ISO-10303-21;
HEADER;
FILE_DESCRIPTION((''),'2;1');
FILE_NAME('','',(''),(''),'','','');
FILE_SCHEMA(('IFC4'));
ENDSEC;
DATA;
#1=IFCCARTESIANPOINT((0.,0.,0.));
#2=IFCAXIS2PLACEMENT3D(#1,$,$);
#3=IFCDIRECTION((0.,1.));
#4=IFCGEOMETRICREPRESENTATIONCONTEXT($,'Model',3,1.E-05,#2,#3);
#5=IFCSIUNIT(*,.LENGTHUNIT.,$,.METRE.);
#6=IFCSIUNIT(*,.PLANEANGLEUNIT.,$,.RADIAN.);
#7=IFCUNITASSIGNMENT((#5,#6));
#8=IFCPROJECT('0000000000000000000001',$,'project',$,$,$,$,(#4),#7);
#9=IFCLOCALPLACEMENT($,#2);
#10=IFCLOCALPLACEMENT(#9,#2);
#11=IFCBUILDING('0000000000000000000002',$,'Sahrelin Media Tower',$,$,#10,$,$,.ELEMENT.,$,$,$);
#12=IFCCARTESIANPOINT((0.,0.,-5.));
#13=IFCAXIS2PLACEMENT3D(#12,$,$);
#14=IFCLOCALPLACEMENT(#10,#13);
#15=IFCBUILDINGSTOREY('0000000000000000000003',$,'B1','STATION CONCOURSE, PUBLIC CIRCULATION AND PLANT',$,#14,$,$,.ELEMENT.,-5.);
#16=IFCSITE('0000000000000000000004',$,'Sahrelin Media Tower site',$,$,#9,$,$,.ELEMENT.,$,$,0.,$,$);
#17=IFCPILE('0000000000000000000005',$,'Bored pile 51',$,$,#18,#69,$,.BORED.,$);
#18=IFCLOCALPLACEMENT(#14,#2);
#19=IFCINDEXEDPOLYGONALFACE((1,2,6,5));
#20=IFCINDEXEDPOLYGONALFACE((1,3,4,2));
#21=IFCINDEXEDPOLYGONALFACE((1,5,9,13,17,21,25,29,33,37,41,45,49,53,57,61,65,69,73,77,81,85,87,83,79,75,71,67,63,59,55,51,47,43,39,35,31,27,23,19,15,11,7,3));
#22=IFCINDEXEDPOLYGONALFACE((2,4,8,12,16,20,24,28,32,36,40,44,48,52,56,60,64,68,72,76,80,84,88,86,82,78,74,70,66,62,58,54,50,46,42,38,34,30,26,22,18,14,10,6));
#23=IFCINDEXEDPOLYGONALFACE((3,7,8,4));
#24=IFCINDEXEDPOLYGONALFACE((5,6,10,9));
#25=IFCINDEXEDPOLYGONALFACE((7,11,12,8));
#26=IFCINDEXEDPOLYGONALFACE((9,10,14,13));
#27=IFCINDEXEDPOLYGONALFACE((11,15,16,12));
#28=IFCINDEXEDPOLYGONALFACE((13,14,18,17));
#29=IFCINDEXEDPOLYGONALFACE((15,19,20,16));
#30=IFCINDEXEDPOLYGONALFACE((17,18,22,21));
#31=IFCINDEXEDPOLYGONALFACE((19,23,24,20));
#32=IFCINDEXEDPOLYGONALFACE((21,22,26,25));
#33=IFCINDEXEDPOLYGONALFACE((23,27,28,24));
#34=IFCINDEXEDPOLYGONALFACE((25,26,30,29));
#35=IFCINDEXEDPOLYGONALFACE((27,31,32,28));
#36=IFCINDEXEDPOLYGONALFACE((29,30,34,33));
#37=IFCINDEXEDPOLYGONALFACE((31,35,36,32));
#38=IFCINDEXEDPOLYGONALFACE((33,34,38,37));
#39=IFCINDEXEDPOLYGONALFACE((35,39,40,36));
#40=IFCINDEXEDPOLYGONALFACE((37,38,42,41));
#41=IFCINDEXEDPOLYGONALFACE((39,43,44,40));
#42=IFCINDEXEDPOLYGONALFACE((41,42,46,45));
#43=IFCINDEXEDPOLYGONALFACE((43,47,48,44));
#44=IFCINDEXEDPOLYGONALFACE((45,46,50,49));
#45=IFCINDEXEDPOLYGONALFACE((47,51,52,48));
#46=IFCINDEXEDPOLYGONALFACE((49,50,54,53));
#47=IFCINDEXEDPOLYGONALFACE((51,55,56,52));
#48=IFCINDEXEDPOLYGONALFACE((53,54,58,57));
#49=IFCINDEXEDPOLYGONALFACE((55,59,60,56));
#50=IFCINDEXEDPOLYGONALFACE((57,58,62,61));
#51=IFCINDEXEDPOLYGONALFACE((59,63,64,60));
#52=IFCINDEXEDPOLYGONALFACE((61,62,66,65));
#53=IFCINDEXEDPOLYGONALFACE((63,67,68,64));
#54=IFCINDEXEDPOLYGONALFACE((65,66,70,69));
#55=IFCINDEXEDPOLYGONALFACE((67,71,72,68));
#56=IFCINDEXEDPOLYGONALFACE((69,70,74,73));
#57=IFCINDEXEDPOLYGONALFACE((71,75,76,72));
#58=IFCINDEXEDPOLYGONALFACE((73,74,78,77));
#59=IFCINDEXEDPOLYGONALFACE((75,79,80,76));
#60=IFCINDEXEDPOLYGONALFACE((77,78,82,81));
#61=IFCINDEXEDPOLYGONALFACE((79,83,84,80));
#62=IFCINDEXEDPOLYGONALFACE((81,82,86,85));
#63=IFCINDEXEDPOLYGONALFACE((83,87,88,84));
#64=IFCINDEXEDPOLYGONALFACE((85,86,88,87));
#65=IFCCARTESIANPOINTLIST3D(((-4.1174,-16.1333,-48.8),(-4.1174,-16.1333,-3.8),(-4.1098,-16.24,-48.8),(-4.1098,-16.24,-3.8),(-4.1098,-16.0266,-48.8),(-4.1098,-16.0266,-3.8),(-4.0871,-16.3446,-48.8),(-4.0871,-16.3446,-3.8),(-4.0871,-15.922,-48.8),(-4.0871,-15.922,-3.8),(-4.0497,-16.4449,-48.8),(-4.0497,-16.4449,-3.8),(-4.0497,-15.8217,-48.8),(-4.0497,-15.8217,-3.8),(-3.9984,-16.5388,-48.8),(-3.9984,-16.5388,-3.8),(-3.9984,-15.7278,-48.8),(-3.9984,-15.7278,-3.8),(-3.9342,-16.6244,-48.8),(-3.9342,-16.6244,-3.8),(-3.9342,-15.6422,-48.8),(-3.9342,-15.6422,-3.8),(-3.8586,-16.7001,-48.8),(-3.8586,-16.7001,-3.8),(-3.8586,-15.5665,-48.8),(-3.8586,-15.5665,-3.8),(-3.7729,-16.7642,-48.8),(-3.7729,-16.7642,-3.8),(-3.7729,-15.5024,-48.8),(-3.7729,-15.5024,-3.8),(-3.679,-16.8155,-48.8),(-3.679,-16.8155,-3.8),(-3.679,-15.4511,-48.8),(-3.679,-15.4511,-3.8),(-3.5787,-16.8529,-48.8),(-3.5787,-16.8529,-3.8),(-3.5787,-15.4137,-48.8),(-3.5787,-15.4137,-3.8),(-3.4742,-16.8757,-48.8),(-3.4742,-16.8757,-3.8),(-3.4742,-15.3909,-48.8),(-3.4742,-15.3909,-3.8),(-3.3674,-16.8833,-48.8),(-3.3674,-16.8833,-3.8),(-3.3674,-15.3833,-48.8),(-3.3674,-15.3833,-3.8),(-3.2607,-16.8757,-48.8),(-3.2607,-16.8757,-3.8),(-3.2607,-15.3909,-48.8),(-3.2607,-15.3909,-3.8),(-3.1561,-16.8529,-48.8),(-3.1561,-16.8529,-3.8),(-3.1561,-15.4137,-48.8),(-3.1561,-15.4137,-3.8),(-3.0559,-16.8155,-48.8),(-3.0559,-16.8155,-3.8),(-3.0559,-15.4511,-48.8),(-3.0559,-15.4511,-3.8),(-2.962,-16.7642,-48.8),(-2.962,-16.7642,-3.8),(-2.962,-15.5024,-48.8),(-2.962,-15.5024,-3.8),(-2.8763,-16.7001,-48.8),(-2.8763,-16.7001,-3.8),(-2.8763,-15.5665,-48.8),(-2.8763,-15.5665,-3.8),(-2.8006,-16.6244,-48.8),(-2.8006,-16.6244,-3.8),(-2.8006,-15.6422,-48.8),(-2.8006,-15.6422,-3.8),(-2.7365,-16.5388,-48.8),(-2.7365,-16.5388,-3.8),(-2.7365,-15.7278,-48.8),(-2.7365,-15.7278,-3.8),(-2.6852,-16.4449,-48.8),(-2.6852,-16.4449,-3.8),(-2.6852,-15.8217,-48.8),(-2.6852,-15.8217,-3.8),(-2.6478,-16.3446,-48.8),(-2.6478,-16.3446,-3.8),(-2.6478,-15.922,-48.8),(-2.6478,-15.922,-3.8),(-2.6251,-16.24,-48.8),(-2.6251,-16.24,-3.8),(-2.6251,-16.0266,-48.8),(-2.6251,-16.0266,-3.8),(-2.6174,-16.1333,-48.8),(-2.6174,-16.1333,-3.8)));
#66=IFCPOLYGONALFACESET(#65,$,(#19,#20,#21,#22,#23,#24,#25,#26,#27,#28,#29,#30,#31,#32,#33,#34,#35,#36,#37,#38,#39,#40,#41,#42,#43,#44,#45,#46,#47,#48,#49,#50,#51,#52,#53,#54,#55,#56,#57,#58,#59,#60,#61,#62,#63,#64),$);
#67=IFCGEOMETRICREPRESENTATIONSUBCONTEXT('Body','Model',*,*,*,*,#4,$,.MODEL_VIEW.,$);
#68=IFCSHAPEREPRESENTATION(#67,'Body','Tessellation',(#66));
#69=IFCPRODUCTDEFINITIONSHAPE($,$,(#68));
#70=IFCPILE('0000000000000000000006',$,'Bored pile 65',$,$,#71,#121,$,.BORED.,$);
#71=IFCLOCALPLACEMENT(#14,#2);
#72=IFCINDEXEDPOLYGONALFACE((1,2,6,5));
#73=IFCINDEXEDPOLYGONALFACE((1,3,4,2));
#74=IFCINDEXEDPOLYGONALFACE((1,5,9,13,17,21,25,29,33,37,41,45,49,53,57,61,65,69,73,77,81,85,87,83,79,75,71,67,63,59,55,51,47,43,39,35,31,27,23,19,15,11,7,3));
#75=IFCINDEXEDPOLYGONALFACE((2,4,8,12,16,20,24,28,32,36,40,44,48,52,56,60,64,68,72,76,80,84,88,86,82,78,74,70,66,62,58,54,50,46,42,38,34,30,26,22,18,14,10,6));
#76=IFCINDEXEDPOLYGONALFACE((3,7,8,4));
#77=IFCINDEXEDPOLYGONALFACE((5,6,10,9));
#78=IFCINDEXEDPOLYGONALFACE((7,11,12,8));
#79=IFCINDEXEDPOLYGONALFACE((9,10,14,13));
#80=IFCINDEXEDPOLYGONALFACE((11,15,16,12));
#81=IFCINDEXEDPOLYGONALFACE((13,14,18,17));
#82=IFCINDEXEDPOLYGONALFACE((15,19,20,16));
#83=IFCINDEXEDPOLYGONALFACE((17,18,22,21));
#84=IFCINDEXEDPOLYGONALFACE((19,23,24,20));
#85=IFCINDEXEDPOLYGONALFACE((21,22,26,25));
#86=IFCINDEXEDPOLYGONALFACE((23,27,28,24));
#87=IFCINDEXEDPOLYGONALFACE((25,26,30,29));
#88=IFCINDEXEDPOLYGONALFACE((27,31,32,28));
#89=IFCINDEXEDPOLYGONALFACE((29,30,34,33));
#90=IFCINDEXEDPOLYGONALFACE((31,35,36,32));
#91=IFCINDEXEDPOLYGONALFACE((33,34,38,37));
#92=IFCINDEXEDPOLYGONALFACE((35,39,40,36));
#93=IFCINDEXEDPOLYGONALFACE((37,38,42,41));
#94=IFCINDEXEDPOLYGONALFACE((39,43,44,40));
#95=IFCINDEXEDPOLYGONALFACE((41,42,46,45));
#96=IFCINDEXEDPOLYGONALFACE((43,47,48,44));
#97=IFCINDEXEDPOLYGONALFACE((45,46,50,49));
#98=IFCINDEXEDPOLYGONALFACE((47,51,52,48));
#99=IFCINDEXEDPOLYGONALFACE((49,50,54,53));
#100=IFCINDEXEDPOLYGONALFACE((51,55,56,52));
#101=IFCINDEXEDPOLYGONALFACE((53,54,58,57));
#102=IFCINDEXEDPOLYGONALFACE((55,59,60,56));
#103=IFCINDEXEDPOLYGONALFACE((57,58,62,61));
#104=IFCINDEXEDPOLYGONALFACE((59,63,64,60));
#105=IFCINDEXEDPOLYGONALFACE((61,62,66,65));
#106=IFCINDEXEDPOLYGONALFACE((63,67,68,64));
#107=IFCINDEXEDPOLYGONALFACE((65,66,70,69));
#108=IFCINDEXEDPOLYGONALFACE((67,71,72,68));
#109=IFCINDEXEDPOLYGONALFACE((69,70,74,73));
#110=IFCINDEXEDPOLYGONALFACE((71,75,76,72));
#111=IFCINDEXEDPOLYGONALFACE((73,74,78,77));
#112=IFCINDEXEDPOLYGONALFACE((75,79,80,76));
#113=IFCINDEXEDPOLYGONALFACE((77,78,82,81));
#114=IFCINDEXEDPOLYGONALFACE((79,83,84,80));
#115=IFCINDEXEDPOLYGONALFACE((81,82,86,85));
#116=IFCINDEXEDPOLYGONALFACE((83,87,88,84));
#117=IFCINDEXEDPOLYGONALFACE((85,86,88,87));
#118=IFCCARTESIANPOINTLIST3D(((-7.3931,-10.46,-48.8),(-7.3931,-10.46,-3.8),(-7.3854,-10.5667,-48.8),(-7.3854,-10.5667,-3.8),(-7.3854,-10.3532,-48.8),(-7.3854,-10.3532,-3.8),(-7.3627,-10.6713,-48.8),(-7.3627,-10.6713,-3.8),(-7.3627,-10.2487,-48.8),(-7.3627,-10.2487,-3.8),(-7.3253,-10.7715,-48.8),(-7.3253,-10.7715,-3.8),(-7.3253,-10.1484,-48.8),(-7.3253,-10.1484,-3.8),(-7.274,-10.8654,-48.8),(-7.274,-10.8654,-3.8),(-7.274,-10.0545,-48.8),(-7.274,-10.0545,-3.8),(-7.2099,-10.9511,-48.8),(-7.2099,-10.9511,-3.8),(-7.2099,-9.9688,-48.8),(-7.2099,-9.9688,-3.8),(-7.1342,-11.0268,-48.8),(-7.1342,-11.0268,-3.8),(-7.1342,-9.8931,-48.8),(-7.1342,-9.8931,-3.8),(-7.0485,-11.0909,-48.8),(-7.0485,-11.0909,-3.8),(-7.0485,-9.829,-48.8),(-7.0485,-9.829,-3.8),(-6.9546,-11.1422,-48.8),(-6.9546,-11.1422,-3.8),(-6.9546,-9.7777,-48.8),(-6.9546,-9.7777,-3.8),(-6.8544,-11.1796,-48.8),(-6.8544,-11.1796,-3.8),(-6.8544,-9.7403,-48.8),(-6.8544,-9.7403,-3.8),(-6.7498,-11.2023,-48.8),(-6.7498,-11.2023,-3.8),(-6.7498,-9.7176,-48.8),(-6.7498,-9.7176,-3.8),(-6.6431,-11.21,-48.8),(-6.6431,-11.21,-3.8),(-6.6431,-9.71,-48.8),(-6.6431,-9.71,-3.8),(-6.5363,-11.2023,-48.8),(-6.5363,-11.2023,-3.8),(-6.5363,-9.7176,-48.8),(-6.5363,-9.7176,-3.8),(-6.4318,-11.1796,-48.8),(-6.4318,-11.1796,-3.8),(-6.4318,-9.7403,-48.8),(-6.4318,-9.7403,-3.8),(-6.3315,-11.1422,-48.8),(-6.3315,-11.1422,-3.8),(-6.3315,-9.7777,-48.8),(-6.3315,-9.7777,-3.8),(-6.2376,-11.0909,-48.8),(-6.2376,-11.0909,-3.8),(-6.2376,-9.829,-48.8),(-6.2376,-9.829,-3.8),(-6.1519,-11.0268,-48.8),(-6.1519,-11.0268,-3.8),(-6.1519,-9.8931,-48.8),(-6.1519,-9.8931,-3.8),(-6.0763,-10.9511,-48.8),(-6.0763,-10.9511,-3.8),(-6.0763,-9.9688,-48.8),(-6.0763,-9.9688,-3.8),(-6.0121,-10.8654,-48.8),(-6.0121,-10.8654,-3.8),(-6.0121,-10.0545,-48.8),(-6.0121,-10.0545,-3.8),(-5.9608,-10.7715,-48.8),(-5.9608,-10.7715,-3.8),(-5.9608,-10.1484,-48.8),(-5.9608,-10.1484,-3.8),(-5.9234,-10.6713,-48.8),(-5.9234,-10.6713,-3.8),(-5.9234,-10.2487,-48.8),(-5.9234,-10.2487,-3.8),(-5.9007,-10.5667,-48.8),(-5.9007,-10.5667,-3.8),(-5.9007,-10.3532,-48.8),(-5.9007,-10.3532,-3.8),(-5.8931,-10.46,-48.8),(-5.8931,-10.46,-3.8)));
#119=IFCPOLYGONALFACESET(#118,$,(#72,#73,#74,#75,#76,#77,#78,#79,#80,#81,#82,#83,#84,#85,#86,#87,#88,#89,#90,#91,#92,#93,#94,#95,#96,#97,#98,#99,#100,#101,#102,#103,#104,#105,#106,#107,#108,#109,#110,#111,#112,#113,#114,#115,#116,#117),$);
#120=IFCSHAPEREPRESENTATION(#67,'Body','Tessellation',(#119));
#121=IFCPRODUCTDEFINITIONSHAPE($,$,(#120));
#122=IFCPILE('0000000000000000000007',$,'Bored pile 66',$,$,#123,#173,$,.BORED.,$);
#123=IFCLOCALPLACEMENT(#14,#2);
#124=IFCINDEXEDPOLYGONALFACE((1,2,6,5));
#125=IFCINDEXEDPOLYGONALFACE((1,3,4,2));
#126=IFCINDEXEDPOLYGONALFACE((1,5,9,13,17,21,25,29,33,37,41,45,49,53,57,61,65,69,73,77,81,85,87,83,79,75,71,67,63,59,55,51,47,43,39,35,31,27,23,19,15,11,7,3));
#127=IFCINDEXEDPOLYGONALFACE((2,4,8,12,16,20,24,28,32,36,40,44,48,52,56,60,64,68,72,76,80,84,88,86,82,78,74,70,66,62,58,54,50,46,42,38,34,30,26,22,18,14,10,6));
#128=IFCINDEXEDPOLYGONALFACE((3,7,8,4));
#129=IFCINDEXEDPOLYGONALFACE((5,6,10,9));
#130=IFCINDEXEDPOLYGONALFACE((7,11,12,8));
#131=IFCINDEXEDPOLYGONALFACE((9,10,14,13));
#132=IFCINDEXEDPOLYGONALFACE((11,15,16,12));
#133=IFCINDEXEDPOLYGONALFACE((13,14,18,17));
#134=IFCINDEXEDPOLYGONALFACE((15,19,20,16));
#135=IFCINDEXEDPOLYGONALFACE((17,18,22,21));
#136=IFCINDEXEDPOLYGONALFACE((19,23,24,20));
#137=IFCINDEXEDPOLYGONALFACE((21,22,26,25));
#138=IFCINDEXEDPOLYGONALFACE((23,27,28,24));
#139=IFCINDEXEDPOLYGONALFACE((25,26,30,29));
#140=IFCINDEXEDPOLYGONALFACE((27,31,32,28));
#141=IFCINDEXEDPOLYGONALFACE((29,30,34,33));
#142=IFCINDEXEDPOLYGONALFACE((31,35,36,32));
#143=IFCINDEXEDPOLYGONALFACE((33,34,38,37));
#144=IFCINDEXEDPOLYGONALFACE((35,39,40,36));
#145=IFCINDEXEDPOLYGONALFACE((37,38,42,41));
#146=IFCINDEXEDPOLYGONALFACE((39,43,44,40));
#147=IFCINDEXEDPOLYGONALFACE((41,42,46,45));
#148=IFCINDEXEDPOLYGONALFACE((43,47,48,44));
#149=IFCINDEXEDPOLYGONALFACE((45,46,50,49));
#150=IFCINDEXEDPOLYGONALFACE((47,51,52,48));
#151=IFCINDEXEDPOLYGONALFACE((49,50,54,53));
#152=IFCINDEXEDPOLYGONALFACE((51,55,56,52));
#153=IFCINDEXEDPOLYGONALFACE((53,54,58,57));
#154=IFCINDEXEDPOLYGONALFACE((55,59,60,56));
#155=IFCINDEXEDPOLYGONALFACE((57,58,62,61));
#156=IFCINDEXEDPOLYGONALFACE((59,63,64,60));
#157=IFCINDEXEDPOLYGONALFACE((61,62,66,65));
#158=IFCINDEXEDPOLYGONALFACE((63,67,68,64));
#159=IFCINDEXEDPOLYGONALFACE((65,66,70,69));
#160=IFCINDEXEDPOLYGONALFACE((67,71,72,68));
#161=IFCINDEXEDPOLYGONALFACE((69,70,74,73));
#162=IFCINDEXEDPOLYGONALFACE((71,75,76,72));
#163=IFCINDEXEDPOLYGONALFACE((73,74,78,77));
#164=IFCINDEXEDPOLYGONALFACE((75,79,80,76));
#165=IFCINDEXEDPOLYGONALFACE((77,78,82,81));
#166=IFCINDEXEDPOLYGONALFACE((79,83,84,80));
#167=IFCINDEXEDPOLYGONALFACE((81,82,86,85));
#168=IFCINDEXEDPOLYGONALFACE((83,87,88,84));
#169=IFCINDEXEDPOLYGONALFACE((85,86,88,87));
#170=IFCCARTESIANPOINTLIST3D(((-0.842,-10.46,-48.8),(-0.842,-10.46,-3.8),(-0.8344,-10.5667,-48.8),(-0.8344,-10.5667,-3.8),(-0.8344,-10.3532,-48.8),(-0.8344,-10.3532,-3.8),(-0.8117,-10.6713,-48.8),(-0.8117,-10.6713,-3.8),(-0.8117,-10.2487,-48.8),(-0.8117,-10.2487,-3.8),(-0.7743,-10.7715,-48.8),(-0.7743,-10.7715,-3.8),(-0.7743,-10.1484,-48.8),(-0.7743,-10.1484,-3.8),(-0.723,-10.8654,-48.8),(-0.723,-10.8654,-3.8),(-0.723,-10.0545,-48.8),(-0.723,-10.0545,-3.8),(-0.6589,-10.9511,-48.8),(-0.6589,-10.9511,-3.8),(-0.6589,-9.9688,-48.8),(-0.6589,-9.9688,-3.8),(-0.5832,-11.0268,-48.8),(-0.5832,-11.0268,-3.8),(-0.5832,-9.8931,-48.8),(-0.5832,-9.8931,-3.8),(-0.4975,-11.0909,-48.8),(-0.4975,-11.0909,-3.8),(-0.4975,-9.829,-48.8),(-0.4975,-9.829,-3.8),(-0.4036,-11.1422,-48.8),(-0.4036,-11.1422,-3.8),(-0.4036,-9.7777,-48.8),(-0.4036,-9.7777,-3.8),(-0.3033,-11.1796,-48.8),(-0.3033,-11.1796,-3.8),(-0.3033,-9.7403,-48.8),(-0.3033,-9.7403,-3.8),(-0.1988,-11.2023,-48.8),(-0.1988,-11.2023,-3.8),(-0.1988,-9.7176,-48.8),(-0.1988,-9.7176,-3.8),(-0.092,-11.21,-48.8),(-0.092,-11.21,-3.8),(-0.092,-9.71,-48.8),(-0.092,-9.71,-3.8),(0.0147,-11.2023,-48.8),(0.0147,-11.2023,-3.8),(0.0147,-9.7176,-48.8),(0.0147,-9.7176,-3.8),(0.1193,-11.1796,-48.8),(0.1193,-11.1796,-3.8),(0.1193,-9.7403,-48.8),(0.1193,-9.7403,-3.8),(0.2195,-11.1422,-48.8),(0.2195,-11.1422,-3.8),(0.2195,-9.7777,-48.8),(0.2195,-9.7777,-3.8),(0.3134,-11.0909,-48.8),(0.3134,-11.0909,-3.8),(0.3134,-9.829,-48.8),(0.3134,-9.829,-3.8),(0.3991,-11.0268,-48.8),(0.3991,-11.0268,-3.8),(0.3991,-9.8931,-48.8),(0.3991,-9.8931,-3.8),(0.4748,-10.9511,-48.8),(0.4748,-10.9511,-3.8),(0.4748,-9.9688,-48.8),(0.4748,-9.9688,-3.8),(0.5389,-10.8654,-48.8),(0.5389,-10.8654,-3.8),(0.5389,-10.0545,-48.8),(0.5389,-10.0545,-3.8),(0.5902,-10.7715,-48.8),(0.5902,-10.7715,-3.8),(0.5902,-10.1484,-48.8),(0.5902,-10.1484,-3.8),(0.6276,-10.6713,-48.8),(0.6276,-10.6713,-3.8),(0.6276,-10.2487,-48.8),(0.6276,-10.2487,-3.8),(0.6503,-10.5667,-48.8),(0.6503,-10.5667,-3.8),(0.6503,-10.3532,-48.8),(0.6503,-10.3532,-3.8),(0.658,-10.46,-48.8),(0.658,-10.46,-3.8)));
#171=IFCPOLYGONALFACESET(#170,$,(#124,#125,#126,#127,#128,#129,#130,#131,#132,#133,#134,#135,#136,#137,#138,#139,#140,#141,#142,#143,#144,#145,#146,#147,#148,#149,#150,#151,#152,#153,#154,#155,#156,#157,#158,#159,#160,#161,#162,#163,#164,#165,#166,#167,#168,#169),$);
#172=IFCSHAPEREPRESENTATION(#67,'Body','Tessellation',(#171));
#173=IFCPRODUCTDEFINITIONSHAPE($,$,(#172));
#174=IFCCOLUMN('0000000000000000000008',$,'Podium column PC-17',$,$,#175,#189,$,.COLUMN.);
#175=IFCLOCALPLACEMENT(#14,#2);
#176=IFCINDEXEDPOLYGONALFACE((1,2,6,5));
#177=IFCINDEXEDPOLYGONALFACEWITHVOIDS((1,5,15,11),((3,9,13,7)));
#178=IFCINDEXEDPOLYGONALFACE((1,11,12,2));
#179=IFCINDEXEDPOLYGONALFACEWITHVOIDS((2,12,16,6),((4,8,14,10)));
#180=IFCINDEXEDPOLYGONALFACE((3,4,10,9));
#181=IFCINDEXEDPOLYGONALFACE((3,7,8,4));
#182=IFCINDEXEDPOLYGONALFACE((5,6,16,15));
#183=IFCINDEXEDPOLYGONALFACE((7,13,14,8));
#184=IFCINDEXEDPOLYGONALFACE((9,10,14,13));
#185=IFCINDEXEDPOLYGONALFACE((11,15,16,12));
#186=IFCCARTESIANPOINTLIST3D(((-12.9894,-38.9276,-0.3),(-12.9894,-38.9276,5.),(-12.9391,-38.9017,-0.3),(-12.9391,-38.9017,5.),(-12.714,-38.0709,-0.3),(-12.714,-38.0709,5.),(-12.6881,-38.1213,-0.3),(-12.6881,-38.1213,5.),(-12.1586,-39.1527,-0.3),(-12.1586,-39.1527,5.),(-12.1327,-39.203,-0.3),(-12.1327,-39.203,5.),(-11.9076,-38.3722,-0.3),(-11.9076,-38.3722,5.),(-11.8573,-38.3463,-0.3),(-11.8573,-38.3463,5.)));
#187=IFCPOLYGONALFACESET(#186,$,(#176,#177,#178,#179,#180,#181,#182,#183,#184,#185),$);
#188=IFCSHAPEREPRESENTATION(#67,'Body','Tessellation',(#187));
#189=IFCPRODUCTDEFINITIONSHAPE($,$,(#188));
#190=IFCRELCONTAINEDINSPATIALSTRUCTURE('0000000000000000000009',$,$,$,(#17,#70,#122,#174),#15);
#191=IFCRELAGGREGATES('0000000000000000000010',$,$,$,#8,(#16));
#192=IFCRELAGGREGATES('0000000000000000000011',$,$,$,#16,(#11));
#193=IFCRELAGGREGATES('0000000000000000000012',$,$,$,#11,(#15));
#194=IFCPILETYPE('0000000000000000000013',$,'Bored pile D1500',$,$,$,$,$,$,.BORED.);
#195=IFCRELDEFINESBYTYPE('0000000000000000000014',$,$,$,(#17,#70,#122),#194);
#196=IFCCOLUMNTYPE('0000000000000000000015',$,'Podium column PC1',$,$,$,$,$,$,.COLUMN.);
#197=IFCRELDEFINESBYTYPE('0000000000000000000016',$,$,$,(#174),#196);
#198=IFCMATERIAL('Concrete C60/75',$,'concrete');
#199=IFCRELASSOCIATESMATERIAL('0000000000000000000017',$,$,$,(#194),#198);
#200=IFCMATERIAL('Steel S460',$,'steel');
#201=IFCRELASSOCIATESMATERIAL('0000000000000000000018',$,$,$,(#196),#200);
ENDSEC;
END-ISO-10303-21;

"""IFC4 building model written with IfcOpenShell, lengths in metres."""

from ifc_helpers import new_model, si_unit, direction, frame, origin, origin_2d, place, context, subcontext, project, spatial, hollow_rectangle, circle, extrude, material, material_profile, profile_set, type_object, element, save


model = new_model("IFC4")

# Units and contexts
model_context = context("Model", 3, precision=1e-05, world=origin(), true_north=direction((0.0, 1.0)))
body_context = subcontext(model_context, "Body", "Model", "MODEL_VIEW")
ifc_project = project(units=[si_unit("LENGTHUNIT", "METRE"), si_unit("PLANEANGLEUNIT", "RADIAN")], contexts=[model_context])

# Site, building, storey
site_placement = place(None, origin())
site = spatial("IfcSite", under=ifc_project, at=site_placement, Name="Sahrelin Media Tower site", CompositionType="ELEMENT", RefElevation=0.0)
building_placement = place(site_placement, origin())
building = spatial("IfcBuilding", under=site, at=building_placement, Name="Sahrelin Media Tower", CompositionType="ELEMENT")
storey_placement = place(building_placement, frame((0.0, 0.0, -5.0)))
storey = spatial("IfcBuildingStorey", under=building, at=storey_placement, Name="B1", Description="STATION CONCOURSE, PUBLIC CIRCULATION AND PLANT", CompositionType="ELEMENT", Elevation=-5.0)

# Piles
ifc_material_1 = material(Name="Concrete C60/75", Category="concrete")
ifc_material_profile_1 = material_profile(ifc_material_1, circle(Radius=0.75, at=origin_2d()), Name="Bored pile D1500")
ifc_profile_set_1 = profile_set([ifc_material_profile_1], Name="Concrete C60/75")
pile_type = type_object("IfcPileType", Name="Bored pile D1500", PredefinedType="BORED", material=ifc_profile_set_1)
for number, where, z_axis, x_axis, name in (
    (1, (-3.3674, -16.1333, -3.8), (0.0, 0.0, -1.0), (1.0, 0.0, 0.0), "Bored pile 51"),
    (2, (-6.6431, -10.46, -3.8), (0.0, 0.0, -1.0), (1.0, 0.0, 0.0), "Bored pile 65"),
    (3, (-0.092, -10.46, -3.8), (0.0, 0.0, -1.0), (1.0, 0.0, 0.0), "Bored pile 66"),
):
    element("IfcPile", number, at=place(storey_placement, frame(where, z_axis=z_axis, x_axis=x_axis)), inside=storey, type_object=pile_type, Name=name, PredefinedType="BORED", context=body_context, shape_type="SweptSolid", body=[
        extrude(circle(Radius=0.75, at=origin_2d()), origin(), (0.0, 0.0, 1.0), 45.0),
    ])

# Column
ifc_material_2 = material(Name="Steel S460", Category="steel")
ifc_material_profile_2 = material_profile(ifc_material_2, hollow_rectangle(XDim=0.8999, YDim=0.8999, WallThickness=0.04, at=origin_2d()), Name="Podium column PC1")
ifc_profile_set_2 = profile_set([ifc_material_profile_2], Name="Steel S460")
column_type = type_object("IfcColumnType", Name="Podium column PC1", PredefinedType="COLUMN", material=ifc_profile_set_2)
column_placement = place(storey_placement, frame((-12.4233, -38.637, -0.3), z_axis=(0.0, 0.0, 1.0), x_axis=(-0.306104, -0.951998, 0.0)))
element("IfcColumn", 4, at=column_placement, inside=storey, type_object=column_type, Name="Podium column PC-17", PredefinedType="COLUMN", context=body_context, shape_type="SweptSolid", body=[
    extrude(hollow_rectangle(XDim=0.8999, YDim=0.8999, WallThickness=0.04, at=origin_2d()), origin(), (0.0, 0.0, 1.0), 5.3),
])

save(model, "model.ifc")
